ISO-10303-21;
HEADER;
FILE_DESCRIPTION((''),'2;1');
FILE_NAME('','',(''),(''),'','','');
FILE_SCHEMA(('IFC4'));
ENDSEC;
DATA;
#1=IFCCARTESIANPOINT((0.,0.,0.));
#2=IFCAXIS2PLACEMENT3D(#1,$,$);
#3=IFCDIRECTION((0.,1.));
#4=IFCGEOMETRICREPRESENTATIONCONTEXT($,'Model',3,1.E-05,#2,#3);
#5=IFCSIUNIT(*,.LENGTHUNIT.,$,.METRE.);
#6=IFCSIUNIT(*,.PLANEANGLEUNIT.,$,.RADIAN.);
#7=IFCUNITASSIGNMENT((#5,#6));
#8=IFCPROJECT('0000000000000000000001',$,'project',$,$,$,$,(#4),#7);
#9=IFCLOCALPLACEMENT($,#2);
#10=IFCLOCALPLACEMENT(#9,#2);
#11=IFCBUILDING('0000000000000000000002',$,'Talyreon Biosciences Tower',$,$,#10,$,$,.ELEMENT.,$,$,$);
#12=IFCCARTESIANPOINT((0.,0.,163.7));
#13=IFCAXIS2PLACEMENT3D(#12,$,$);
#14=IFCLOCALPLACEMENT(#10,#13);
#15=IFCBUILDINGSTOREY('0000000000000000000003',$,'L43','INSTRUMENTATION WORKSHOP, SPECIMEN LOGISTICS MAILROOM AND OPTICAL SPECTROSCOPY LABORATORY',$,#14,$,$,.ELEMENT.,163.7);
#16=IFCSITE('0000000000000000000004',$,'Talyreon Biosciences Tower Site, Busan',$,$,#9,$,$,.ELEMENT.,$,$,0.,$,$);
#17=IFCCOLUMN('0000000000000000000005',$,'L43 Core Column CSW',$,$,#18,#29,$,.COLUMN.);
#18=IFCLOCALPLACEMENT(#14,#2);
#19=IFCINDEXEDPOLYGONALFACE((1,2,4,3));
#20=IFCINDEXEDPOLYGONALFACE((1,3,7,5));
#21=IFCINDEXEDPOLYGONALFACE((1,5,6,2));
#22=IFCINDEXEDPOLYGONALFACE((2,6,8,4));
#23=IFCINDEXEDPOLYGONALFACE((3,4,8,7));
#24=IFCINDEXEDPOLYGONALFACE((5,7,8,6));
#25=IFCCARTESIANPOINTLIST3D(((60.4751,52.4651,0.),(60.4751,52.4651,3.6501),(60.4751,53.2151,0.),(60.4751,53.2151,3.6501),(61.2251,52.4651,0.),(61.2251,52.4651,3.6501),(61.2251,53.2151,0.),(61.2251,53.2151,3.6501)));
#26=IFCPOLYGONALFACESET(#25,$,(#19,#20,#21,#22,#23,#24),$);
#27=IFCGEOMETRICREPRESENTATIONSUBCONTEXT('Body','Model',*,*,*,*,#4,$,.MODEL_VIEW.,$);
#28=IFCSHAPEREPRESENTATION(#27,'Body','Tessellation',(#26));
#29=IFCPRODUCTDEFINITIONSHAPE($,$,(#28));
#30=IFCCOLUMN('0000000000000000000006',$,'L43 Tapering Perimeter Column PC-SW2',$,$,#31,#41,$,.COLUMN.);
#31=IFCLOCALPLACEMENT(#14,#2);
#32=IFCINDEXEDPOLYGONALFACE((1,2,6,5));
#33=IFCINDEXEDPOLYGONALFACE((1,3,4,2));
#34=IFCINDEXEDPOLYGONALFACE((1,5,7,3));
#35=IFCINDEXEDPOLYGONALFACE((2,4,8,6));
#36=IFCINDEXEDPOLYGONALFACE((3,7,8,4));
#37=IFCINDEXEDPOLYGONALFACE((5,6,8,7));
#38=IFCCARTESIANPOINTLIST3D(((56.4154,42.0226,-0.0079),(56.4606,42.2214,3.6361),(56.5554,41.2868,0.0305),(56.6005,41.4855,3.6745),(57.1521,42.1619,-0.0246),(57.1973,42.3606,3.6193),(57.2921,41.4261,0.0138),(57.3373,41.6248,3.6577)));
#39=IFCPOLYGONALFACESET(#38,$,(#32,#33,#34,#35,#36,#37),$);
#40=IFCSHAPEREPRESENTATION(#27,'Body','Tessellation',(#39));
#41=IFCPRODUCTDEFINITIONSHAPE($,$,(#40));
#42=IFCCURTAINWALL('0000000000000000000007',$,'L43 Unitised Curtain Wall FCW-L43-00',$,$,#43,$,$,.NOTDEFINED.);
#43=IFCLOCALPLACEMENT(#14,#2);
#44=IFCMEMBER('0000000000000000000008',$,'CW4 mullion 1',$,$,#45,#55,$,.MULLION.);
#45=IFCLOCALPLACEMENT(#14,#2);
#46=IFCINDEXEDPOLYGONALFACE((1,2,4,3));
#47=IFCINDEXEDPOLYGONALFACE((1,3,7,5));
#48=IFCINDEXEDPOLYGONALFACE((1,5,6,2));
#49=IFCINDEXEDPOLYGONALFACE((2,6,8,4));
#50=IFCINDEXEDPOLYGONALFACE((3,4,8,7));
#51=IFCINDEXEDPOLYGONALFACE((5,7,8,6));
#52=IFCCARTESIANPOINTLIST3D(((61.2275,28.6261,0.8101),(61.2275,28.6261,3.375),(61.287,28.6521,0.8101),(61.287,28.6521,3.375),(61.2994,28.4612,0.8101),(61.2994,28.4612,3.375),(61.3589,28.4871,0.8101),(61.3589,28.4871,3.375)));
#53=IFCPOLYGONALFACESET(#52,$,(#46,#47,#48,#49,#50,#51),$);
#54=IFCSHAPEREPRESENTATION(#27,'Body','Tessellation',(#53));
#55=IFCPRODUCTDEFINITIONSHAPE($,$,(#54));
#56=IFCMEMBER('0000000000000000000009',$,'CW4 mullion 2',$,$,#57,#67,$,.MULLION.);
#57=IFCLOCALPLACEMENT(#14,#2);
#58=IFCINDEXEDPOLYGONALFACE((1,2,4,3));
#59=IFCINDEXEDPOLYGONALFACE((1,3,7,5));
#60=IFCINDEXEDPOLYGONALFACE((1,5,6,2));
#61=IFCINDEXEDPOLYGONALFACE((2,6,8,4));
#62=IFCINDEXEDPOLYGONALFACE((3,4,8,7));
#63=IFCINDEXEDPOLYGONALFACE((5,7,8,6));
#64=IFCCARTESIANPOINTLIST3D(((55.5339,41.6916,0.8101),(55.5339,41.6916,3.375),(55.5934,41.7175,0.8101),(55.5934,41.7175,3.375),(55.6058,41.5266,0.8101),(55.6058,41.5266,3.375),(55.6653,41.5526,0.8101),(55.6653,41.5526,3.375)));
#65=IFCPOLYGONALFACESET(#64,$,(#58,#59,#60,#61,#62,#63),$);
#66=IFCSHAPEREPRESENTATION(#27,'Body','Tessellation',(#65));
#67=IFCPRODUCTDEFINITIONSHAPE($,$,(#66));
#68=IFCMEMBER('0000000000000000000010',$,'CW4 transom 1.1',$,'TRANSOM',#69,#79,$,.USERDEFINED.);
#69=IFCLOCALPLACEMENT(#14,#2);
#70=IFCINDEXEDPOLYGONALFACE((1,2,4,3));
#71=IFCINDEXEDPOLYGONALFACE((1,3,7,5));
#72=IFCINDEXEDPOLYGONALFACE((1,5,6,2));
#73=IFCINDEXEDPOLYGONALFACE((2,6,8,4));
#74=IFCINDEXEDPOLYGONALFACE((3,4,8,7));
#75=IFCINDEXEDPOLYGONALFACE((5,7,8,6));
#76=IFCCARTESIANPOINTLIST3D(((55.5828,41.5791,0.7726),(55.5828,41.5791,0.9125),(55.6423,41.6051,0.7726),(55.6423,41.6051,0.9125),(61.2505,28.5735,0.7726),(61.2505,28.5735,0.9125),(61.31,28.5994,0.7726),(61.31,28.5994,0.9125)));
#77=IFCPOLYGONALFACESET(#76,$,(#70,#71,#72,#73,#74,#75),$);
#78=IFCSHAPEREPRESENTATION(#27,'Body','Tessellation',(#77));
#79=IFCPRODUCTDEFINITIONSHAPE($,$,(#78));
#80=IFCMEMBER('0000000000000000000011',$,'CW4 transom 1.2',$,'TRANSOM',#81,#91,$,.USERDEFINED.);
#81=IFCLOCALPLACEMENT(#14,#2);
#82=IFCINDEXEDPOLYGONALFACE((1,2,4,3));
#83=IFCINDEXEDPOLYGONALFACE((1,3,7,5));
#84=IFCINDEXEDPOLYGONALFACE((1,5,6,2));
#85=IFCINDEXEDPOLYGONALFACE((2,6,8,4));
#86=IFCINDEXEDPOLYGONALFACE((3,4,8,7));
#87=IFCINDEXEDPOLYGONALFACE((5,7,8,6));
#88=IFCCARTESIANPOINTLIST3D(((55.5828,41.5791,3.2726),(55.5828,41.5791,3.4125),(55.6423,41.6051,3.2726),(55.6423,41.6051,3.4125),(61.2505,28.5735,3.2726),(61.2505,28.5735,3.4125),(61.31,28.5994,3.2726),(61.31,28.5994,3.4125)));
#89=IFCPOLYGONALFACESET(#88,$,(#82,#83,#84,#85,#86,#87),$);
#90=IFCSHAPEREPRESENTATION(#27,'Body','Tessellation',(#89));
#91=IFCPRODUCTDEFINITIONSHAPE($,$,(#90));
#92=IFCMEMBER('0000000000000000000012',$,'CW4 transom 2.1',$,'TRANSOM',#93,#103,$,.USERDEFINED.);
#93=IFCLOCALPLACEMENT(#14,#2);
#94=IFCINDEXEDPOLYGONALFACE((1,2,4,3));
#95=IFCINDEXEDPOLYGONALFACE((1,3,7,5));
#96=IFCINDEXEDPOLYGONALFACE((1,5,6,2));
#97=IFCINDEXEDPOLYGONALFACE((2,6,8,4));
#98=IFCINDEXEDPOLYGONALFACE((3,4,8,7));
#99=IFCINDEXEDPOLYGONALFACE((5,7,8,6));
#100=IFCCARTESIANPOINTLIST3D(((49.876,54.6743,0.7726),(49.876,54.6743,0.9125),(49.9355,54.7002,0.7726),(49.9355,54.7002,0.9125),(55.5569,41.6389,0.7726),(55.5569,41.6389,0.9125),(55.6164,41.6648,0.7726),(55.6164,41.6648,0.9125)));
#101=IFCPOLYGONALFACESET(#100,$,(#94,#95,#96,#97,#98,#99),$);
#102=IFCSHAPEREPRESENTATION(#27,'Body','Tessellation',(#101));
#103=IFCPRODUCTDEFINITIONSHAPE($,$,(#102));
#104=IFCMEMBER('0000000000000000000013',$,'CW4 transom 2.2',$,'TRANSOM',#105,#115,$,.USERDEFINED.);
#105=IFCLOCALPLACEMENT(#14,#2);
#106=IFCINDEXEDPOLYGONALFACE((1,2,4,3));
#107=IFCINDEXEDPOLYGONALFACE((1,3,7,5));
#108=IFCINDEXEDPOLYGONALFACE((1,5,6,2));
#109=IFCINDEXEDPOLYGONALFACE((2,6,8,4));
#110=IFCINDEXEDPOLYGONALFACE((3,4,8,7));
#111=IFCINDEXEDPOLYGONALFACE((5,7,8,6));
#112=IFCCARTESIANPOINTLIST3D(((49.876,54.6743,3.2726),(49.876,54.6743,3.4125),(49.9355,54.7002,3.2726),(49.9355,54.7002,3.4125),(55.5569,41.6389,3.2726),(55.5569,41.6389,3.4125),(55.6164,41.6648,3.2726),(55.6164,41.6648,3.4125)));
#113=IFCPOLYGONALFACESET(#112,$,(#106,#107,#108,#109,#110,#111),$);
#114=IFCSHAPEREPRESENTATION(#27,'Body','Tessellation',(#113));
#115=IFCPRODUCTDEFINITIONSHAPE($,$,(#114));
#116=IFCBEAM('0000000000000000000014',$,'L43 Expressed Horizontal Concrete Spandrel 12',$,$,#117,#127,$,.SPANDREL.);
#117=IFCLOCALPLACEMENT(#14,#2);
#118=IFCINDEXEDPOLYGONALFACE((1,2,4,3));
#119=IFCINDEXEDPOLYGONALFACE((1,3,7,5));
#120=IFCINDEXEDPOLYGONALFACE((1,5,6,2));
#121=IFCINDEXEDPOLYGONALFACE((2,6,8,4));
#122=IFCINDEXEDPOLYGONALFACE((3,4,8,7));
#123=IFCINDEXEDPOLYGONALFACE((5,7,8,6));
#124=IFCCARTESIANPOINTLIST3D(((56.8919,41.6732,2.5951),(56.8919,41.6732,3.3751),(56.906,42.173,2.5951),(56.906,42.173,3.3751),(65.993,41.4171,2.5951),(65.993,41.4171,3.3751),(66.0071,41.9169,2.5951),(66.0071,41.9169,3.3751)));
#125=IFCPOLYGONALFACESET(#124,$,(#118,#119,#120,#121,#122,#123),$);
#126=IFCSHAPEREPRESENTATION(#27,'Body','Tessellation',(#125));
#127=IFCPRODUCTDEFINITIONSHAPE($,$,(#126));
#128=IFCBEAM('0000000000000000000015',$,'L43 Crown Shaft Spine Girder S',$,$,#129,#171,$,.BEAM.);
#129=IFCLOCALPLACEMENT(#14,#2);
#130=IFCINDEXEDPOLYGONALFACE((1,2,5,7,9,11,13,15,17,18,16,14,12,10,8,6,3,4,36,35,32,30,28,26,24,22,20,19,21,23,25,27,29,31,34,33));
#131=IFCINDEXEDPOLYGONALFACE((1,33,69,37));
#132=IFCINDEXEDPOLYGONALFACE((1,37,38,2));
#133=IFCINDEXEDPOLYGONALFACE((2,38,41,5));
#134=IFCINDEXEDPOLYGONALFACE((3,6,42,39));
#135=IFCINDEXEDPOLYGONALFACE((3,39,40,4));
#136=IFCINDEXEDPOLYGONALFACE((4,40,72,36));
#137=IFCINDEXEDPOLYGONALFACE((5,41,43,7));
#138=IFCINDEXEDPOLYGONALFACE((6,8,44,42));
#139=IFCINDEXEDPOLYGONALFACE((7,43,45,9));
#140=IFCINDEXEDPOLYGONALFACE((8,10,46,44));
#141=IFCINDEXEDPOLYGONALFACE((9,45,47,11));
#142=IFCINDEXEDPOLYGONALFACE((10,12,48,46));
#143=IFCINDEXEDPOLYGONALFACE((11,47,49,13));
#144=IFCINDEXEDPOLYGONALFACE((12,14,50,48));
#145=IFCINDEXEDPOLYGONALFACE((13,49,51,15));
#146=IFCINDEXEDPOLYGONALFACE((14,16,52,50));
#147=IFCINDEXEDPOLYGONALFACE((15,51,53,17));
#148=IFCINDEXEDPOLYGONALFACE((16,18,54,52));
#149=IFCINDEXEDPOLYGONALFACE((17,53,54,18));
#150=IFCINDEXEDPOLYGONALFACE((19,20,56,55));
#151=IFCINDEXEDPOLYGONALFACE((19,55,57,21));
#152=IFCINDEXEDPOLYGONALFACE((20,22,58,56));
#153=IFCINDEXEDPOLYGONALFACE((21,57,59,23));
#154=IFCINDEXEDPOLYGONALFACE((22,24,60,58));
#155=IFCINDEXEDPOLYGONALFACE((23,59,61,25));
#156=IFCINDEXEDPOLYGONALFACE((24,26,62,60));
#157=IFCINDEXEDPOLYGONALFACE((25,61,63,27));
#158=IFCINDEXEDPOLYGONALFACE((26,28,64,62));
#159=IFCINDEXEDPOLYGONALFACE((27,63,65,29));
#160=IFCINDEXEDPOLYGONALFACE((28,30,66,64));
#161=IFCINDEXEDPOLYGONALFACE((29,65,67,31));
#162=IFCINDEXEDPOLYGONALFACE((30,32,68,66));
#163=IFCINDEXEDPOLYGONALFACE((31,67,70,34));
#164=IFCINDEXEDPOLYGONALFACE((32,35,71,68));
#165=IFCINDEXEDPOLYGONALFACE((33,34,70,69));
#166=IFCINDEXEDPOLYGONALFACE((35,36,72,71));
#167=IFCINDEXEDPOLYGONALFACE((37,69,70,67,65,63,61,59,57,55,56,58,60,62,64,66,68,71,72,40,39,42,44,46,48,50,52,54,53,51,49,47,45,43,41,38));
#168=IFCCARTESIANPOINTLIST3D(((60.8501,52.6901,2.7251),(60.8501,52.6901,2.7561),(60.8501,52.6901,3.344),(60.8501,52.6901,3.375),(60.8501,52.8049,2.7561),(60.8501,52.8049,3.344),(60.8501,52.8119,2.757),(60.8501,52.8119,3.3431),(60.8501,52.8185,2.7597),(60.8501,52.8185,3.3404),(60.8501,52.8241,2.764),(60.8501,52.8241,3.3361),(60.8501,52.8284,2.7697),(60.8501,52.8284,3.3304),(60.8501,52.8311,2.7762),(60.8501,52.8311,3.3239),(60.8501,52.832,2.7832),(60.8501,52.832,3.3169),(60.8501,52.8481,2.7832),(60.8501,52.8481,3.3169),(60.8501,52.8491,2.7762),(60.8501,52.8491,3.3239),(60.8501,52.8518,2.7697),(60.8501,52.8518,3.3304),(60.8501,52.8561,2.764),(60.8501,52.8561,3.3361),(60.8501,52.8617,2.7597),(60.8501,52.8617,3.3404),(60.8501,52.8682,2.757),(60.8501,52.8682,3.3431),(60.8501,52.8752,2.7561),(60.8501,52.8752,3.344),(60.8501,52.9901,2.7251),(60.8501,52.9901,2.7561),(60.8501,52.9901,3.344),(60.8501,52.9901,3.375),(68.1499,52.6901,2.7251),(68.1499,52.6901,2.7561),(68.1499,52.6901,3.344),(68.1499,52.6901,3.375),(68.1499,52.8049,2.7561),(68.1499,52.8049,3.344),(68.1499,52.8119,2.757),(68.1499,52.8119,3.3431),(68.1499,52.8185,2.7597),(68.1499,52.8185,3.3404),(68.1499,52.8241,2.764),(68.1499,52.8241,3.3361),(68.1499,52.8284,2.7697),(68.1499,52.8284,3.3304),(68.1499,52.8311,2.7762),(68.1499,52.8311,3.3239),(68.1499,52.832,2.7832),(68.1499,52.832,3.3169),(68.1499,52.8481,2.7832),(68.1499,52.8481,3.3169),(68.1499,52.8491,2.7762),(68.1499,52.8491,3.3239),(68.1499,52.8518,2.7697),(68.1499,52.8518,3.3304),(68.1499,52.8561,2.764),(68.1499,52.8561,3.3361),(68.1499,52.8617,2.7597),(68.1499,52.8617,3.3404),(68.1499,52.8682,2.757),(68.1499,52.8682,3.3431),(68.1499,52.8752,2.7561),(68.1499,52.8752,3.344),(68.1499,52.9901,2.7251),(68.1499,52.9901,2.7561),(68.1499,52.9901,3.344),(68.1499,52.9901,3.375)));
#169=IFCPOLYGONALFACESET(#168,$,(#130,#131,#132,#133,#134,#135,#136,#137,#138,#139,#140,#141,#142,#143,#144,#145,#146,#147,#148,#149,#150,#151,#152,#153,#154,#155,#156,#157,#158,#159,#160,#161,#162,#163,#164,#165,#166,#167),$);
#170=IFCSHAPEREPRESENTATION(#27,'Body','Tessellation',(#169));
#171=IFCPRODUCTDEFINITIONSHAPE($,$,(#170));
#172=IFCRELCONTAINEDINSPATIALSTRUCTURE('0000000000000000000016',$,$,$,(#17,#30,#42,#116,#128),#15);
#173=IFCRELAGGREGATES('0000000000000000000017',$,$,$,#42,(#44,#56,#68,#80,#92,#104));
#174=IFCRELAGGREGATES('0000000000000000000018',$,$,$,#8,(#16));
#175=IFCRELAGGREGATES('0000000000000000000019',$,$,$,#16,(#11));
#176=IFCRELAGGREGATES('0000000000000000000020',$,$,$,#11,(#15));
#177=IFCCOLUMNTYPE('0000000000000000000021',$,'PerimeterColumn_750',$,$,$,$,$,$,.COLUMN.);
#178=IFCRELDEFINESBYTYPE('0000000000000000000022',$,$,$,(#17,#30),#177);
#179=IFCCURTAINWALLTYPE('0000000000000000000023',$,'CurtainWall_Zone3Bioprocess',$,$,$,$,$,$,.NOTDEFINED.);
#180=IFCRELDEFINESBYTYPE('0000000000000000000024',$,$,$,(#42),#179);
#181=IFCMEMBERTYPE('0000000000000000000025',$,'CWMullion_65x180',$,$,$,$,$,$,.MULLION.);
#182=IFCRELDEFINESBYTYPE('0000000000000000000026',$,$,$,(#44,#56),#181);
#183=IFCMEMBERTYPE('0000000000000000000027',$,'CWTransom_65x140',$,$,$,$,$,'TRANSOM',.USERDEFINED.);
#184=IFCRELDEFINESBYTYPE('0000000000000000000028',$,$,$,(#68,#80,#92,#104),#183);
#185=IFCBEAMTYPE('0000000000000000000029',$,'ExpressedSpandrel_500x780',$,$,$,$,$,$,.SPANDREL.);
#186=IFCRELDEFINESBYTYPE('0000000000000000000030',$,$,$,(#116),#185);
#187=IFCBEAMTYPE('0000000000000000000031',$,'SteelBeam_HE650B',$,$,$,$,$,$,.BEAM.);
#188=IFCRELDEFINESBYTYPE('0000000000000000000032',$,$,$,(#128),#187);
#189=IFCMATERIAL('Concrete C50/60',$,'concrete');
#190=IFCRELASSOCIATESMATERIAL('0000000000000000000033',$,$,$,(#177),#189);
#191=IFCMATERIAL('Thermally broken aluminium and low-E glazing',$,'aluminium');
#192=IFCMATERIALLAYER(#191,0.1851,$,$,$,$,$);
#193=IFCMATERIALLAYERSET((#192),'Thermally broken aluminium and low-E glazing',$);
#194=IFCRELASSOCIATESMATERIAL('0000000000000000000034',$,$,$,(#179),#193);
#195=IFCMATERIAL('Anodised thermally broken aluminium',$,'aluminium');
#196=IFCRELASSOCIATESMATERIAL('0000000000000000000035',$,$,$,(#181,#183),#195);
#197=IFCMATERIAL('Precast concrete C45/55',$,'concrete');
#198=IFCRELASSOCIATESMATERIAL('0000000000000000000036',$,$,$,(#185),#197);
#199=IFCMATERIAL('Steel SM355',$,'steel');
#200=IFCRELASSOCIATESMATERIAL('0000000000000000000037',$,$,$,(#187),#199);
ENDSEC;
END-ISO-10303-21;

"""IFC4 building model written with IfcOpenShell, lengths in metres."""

from ifc_helpers import new_model, si_unit, direction, frame, origin, origin_2d, place, context, subcontext, project, spatial, rectangle, i_section, extrude, material, layer, layer_set, material_profile, profile_set, type_object, element, aggregate, save


model = new_model("IFC4")

# Units and contexts
model_context = context("Model", 3, precision=1e-05, world=origin(), true_north=direction((0.0, 1.0)))
body_context = subcontext(model_context, "Body", "Model", "MODEL_VIEW")
ifc_project = project(units=[si_unit("LENGTHUNIT", "METRE"), si_unit("PLANEANGLEUNIT", "RADIAN")], contexts=[model_context])

# Site, building, storey
site_placement = place(None, origin())
site = spatial("IfcSite", under=ifc_project, at=site_placement, Name="Talyreon Biosciences Tower Site, Busan", CompositionType="ELEMENT", RefElevation=0.0)
building_placement = place(site_placement, origin())
building = spatial("IfcBuilding", under=site, at=building_placement, Name="Talyreon Biosciences Tower", CompositionType="ELEMENT")
storey_placement = place(building_placement, frame((0.0, 0.0, 163.7)))
storey = spatial("IfcBuildingStorey", under=building, at=storey_placement, Name="L43", Description="INSTRUMENTATION WORKSHOP, SPECIMEN LOGISTICS MAILROOM AND OPTICAL SPECTROSCOPY LABORATORY", CompositionType="ELEMENT", Elevation=163.7)

# Columns
ifc_material_1 = material(Name="Concrete C50/60", Category="concrete")
ifc_material_profile_1 = material_profile(ifc_material_1, rectangle(XDim=0.75, YDim=0.75, at=origin_2d()), Name="RC 750x750")
ifc_profile_set_1 = profile_set([ifc_material_profile_1], Name="Concrete C50/60")
column_type = type_object("IfcColumnType", Name="PerimeterColumn_750", PredefinedType="COLUMN", material=ifc_profile_set_1)
column_1_placement = place(storey_placement, frame((60.8501, 52.8401, 0.0), z_axis=(0.0, 0.0, 1.0), x_axis=(1.0, 0.0, 0.0)))
element("IfcColumn", 1, at=column_1_placement, inside=storey, type_object=column_type, Name="L43 Core Column CSW", PredefinedType="COLUMN", context=body_context, shape_type="SweptSolid", body=[
    extrude(rectangle(XDim=0.75, YDim=0.75, at=origin_2d()), origin(), (0.0, 0.0, 1.0), 3.6501),
])
column_2_placement = place(storey_placement, frame((56.8538, 41.7244, 0.0029), z_axis=(0.012375, 0.054451, 0.99844), x_axis=(-0.186648, 0.981092, -0.051191)))
element("IfcColumn", 2, at=column_2_placement, inside=storey, type_object=column_type, Name="L43 Tapering Perimeter Column PC-SW2", PredefinedType="COLUMN", context=body_context, shape_type="SweptSolid", body=[
    extrude(rectangle(XDim=0.75, YDim=0.75, at=origin_2d()), origin(), (0.0, 0.0, 1.0), 3.6497),
])

# Curtain wall, members
ifc_material_2 = material(Name="Thermally broken aluminium and low-E glazing", Category="aluminium")
ifc_layer_1 = layer(ifc_material_2, 0.1851)
ifc_layer_set_1 = layer_set([ifc_layer_1], Name="Thermally broken aluminium and low-E glazing")
curtain_wall_type = type_object("IfcCurtainWallType", Name="CurtainWall_Zone3Bioprocess", PredefinedType="NOTDEFINED", material=ifc_layer_set_1)
curtain_wall_placement = place(storey_placement, origin())
curtain_wall = element("IfcCurtainWall", 3, at=curtain_wall_placement, inside=storey, type_object=curtain_wall_type, Name="L43 Unitised Curtain Wall FCW-L43-00", PredefinedType="NOTDEFINED")
ifc_material_3 = material(Name="Anodised thermally broken aluminium", Category="aluminium")
ifc_material_profile_2 = material_profile(ifc_material_3, rectangle(XDim=0.0649, YDim=0.1799, at=origin_2d()), Name="ALUM MULLION 65x180")
ifc_profile_set_2 = profile_set([ifc_material_profile_2], Name="Anodised thermally broken aluminium")
member_type_1 = type_object("IfcMemberType", Name="CWMullion_65x180", PredefinedType="MULLION", material=ifc_profile_set_2)
member_1_placement = place(storey_placement, frame((61.2932, 28.5566, 0.8101), z_axis=(0.0, 0.0, 1.0), x_axis=(-0.916731, -0.399505, 0.0)))
member_1 = element("IfcMember", 4, at=member_1_placement, type_object=member_type_1, Name="CW4 mullion 1", PredefinedType="MULLION", context=body_context, shape_type="SweptSolid", body=[
    extrude(rectangle(XDim=0.0649, YDim=0.1799, at=origin_2d()), origin(), (0.0, 0.0, 1.0), 2.5649),
])
member_2_placement = place(storey_placement, frame((55.5996, 41.6221, 0.8101), z_axis=(0.0, 0.0, 1.0), x_axis=(-0.916731, -0.399505, 0.0)))
member_2 = element("IfcMember", 5, at=member_2_placement, type_object=member_type_1, Name="CW4 mullion 2", PredefinedType="MULLION", context=body_context, shape_type="SweptSolid", body=[
    extrude(rectangle(XDim=0.0649, YDim=0.1799, at=origin_2d()), origin(), (0.0, 0.0, 1.0), 2.5649),
])
ifc_material_profile_3 = material_profile(ifc_material_3, rectangle(XDim=0.0649, YDim=0.1399, at=origin_2d()), Name="ALUM TRANSOM 65x140")
ifc_profile_set_3 = profile_set([ifc_material_profile_3], Name="Anodised thermally broken aluminium")
member_type_2 = type_object("IfcMemberType", Name="CWTransom_65x140", ElementType="TRANSOM", PredefinedType="USERDEFINED", material=ifc_profile_set_3)
member_3_placement = place(storey_placement, frame((61.2803, 28.5864, 0.8425), z_axis=(-0.399503, 0.916732, 0.0), x_axis=(-0.916732, -0.399503, 0.0)))
member_3 = element("IfcMember", 6, at=member_3_placement, type_object=member_type_2, Name="CW4 transom 1.1", ObjectType="TRANSOM", PredefinedType="USERDEFINED", context=body_context, shape_type="SweptSolid", body=[
    extrude(rectangle(XDim=0.0649, YDim=0.1399, at=origin_2d()), origin(), (0.0, 0.0, 1.0), 14.187),
])
member_4_placement = place(storey_placement, frame((61.2803, 28.5864, 3.3425), z_axis=(-0.399503, 0.916732, 0.0), x_axis=(-0.916732, -0.399503, 0.0)))
member_4 = element("IfcMember", 7, at=member_4_placement, type_object=member_type_2, Name="CW4 transom 1.2", ObjectType="TRANSOM", PredefinedType="USERDEFINED", context=body_context, shape_type="SweptSolid", body=[
    extrude(rectangle(XDim=0.0649, YDim=0.1399, at=origin_2d()), origin(), (0.0, 0.0, 1.0), 14.187),
])
member_5_placement = place(storey_placement, frame((55.5867, 41.6519, 0.8425), z_axis=(-0.399515, 0.916727, 0.0), x_axis=(-0.916727, -0.399515, 0.0)))
member_5 = element("IfcMember", 8, at=member_5_placement, type_object=member_type_2, Name="CW4 transom 2.1", ObjectType="TRANSOM", PredefinedType="USERDEFINED", context=body_context, shape_type="SweptSolid", body=[
    extrude(rectangle(XDim=0.0649, YDim=0.1399, at=origin_2d()), origin(), (0.0, 0.0, 1.0), 14.2195),
])
member_6_placement = place(storey_placement, frame((55.5867, 41.6519, 3.3425), z_axis=(-0.399515, 0.916727, 0.0), x_axis=(-0.916727, -0.399515, 0.0)))
member_6 = element("IfcMember", 9, at=member_6_placement, type_object=member_type_2, Name="CW4 transom 2.2", ObjectType="TRANSOM", PredefinedType="USERDEFINED", context=body_context, shape_type="SweptSolid", body=[
    extrude(rectangle(XDim=0.0649, YDim=0.1399, at=origin_2d()), origin(), (0.0, 0.0, 1.0), 14.2195),
])

# Beams
ifc_material_4 = material(Name="Precast concrete C45/55", Category="concrete")
ifc_material_profile_4 = material_profile(ifc_material_4, rectangle(XDim=0.5, YDim=0.78, at=origin_2d()), Name="RCB 500x780")
ifc_profile_set_4 = profile_set([ifc_material_profile_4], Name="Precast concrete C45/55")
beam_type_1 = type_object("IfcBeamType", Name="ExpressedSpandrel_500x780", PredefinedType="SPANDREL", material=ifc_profile_set_4)
beam_1_placement = place(storey_placement, frame((56.8989, 41.9231, 2.9851), z_axis=(0.999604, -0.028129, 0.0), x_axis=(0.028129, 0.999604, 0.0)))
element("IfcBeam", 10, at=beam_1_placement, inside=storey, type_object=beam_type_1, Name="L43 Expressed Horizontal Concrete Spandrel 12", PredefinedType="SPANDREL", context=body_context, shape_type="SweptSolid", body=[
    extrude(rectangle(XDim=0.5, YDim=0.78, at=origin_2d()), origin(), (0.0, 0.0, 1.0), 9.1047),
])
ifc_material_5 = material(Name="Steel SM355", Category="steel")
ifc_material_profile_5 = material_profile(ifc_material_5, i_section(OverallWidth=0.3, OverallDepth=0.6499, WebThickness=0.0161, FlangeThickness=0.031, FilletRadius=0.0271, at=origin_2d()), Name="HE650B")
ifc_profile_set_5 = profile_set([ifc_material_profile_5], Name="Steel SM355")
beam_type_2 = type_object("IfcBeamType", Name="SteelBeam_HE650B", PredefinedType="BEAM", material=ifc_profile_set_5)
beam_2_placement = place(storey_placement, frame((60.8501, 52.8401, 3.05), z_axis=(1.0, 0.0, 0.0), x_axis=(0.0, 1.0, 0.0)))
element("IfcBeam", 11, at=beam_2_placement, inside=storey, type_object=beam_type_2, Name="L43 Crown Shaft Spine Girder S", PredefinedType="BEAM", context=body_context, shape_type="SweptSolid", body=[
    extrude(i_section(OverallWidth=0.3, OverallDepth=0.6499, WebThickness=0.0161, FlangeThickness=0.031, FilletRadius=0.0271, at=origin_2d()), origin(), (0.0, 0.0, 1.0), 7.2998),
])

aggregate(curtain_wall, [member_1, member_2, member_3, member_4, member_5, member_6])

save(model, "model.ifc")
